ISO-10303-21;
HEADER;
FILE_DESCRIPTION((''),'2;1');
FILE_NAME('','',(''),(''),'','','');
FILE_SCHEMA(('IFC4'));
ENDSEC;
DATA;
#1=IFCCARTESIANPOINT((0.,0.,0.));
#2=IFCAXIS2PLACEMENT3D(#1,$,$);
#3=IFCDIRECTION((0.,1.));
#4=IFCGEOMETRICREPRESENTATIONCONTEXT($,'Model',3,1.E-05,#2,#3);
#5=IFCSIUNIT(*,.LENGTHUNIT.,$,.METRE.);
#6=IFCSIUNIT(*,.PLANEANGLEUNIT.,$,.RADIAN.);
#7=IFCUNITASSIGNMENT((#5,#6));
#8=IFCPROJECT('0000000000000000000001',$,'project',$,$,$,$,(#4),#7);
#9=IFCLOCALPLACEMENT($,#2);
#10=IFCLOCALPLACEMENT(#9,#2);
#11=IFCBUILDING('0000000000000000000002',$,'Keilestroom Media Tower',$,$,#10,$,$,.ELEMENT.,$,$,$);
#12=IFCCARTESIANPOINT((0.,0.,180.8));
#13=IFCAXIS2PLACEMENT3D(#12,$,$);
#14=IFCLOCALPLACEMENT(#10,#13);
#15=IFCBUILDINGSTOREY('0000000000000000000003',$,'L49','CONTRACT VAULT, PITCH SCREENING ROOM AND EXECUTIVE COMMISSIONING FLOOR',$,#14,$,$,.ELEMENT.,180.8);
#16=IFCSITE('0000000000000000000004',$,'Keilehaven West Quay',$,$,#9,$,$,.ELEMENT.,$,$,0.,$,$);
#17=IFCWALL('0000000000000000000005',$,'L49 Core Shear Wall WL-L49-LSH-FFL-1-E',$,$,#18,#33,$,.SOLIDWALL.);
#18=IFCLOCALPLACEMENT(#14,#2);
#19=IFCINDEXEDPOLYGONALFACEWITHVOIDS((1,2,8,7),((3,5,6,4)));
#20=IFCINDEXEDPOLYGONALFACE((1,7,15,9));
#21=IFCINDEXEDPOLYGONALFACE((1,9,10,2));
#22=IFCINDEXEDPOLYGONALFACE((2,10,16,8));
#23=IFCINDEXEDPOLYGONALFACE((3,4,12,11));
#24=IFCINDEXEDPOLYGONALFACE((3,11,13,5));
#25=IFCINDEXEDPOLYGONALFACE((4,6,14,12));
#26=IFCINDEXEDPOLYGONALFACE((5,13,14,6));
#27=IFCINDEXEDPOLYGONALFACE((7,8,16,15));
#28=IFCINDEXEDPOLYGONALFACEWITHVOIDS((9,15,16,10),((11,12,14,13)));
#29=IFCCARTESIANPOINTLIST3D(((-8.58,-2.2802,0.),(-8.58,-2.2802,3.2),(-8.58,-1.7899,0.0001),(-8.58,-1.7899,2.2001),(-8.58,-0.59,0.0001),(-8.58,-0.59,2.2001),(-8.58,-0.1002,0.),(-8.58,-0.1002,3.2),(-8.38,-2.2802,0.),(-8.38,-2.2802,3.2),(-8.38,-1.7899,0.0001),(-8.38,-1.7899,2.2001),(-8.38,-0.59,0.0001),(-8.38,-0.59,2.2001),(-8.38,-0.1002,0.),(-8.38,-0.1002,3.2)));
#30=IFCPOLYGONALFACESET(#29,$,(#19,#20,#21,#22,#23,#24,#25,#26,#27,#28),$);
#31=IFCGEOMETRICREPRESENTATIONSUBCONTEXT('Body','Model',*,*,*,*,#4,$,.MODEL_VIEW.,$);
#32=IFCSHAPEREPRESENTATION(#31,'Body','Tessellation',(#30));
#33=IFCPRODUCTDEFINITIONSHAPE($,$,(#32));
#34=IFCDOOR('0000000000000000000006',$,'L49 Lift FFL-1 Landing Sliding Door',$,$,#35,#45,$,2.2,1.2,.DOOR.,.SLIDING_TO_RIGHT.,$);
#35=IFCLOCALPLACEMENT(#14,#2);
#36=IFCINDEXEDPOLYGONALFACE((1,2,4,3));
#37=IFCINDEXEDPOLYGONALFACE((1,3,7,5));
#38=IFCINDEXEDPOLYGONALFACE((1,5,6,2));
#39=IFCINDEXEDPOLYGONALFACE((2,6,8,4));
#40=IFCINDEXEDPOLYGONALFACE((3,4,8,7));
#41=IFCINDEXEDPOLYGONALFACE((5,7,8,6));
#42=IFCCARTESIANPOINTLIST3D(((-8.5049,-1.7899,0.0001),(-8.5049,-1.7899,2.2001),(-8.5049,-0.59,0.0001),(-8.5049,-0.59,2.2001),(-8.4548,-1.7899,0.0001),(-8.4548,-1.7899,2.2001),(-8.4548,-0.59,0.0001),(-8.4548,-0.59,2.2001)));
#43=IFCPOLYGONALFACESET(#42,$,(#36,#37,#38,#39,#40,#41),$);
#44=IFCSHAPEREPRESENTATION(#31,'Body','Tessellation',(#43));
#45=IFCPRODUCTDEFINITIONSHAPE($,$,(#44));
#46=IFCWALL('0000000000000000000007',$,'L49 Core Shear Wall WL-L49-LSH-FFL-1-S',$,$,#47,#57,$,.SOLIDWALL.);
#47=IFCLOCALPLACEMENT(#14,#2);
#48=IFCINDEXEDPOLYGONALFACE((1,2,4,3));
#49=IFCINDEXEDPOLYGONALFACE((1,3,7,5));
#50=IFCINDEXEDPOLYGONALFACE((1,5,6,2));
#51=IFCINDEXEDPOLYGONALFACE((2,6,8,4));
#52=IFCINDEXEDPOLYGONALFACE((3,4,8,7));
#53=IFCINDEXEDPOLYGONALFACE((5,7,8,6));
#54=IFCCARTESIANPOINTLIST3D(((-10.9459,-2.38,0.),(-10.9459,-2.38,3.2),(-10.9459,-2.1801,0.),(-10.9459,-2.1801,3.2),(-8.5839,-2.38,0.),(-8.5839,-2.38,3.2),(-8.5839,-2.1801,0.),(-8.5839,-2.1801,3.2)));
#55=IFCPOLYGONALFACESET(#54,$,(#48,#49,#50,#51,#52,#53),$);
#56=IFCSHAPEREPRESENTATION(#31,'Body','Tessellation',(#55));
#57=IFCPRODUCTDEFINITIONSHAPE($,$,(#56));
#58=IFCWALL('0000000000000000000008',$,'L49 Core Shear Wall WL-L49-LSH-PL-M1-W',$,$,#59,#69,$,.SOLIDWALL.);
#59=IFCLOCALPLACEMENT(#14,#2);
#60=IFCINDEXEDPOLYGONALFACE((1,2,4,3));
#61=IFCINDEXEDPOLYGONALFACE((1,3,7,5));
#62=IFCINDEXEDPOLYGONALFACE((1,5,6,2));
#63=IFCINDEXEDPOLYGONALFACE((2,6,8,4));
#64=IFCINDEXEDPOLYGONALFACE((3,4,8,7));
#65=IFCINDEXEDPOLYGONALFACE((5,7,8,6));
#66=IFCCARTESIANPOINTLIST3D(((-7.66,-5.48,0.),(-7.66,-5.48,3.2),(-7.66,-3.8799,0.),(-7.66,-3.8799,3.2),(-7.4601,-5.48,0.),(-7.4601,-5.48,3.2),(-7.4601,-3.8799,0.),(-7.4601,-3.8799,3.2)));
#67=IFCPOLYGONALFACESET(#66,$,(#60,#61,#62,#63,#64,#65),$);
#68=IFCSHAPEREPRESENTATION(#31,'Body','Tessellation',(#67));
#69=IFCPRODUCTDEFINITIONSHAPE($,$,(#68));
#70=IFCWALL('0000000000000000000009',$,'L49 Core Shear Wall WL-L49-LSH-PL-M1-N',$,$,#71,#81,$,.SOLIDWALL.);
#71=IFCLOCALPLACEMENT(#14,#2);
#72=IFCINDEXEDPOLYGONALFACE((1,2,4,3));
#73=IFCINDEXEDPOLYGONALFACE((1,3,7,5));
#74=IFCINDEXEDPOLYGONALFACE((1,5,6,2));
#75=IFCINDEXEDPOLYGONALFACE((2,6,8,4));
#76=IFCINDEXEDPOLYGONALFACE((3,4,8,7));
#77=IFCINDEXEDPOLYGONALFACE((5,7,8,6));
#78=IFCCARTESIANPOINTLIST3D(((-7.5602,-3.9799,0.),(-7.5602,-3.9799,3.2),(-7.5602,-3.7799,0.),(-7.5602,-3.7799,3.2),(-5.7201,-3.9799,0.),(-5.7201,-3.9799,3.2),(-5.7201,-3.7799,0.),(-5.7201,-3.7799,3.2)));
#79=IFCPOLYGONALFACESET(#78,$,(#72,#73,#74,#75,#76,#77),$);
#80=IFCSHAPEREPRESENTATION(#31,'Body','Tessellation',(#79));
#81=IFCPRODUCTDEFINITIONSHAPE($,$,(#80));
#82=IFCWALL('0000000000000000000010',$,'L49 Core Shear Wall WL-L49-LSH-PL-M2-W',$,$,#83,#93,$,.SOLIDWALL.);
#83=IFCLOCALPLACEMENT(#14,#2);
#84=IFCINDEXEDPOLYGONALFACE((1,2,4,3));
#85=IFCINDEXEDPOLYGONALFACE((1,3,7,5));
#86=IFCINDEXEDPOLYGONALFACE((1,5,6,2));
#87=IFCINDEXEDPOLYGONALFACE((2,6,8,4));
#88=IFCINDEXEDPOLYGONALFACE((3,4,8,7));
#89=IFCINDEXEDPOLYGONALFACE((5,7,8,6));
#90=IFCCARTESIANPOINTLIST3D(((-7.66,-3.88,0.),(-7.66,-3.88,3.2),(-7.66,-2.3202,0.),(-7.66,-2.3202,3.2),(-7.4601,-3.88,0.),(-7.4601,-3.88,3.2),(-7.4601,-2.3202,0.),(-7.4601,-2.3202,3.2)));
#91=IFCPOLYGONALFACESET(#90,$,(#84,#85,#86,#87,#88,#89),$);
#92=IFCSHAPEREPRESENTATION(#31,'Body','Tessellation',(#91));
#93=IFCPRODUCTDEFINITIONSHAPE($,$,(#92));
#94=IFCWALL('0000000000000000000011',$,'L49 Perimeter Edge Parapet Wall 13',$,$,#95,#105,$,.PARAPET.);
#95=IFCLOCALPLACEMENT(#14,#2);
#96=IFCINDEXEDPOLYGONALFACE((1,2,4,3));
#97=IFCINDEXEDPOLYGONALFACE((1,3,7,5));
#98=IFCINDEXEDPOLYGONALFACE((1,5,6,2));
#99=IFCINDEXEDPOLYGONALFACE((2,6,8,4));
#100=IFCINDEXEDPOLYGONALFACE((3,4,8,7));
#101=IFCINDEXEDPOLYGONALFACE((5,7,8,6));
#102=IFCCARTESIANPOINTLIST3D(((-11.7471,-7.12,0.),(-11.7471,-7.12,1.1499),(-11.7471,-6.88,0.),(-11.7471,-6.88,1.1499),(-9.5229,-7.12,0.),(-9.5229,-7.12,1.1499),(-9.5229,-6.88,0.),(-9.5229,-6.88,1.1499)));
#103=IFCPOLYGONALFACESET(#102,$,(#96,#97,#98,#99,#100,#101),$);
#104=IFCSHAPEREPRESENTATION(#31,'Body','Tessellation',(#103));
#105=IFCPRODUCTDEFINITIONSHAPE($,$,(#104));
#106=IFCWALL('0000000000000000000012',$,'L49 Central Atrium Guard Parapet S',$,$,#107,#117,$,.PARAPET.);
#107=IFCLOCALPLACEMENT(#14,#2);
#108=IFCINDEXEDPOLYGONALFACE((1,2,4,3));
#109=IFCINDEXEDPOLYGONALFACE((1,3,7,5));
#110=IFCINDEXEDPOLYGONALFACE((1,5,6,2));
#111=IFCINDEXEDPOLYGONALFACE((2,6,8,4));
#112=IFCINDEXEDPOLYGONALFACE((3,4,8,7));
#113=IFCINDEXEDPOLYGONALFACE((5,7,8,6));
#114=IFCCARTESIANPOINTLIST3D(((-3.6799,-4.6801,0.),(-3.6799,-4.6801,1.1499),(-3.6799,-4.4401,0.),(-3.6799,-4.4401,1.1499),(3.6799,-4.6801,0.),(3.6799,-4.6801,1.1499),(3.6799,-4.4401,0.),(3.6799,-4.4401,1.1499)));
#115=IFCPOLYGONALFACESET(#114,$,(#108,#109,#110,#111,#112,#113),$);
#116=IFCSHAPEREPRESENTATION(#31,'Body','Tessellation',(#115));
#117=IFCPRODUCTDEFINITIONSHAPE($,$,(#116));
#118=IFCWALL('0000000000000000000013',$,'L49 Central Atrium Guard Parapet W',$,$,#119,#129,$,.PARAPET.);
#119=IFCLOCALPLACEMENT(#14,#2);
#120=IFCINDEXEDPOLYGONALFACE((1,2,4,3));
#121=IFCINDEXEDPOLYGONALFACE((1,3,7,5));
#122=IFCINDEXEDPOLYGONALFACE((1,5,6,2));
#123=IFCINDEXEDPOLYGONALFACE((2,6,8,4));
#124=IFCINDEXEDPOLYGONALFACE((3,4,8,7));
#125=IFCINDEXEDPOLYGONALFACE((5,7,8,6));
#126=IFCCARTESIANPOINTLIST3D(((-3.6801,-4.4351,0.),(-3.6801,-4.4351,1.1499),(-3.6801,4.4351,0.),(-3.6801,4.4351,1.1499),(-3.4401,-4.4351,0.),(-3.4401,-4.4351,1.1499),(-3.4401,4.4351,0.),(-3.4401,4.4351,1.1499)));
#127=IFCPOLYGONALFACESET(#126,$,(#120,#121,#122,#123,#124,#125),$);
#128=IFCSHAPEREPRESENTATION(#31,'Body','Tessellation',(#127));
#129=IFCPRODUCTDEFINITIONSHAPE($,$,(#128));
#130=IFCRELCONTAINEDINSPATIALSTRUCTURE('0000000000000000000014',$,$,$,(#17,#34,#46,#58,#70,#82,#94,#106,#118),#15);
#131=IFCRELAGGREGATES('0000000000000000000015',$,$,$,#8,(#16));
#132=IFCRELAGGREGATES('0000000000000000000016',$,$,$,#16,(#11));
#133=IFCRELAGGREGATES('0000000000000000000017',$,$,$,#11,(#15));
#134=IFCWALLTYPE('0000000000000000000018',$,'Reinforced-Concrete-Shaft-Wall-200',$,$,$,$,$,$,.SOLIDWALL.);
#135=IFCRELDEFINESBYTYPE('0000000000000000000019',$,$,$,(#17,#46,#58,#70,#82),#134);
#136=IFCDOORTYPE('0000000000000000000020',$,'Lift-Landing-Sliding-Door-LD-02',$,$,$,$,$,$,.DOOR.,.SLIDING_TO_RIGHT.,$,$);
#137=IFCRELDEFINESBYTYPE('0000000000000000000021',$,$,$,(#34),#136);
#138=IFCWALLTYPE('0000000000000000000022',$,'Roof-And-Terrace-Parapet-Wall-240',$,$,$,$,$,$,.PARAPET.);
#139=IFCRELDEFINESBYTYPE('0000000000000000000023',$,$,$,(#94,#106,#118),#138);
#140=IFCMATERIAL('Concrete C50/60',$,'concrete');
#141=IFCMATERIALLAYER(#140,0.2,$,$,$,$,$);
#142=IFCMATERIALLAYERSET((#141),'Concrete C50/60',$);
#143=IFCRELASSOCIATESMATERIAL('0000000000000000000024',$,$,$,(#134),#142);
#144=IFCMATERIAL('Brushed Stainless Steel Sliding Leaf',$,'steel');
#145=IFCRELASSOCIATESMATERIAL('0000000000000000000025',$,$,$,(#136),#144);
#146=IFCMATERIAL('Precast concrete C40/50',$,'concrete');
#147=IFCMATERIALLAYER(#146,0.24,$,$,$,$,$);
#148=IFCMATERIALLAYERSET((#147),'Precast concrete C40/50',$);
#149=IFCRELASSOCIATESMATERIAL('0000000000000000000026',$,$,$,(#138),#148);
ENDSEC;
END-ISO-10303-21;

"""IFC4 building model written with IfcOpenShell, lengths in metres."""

from ifc_helpers import new_model, si_unit, direction, frame, frame_2d, origin, place, context, subcontext, project, spatial, rectangle, extrude, source, transform, mapped, material, layer, layer_set, type_object, element, fill, save


model = new_model("IFC4")

# Units and contexts
model_context = context("Model", 3, precision=1e-05, world=origin(), true_north=direction((0.0, 1.0)))
body_context = subcontext(model_context, "Body", "Model", "MODEL_VIEW")
ifc_project = project(units=[si_unit("LENGTHUNIT", "METRE"), si_unit("PLANEANGLEUNIT", "RADIAN")], contexts=[model_context])

# Site, building, storey
site_placement = place(None, origin())
site = spatial("IfcSite", under=ifc_project, at=site_placement, Name="Keilehaven West Quay", CompositionType="ELEMENT", RefElevation=0.0)
building_placement = place(site_placement, origin())
building = spatial("IfcBuilding", under=site, at=building_placement, Name="Keilestroom Media Tower", CompositionType="ELEMENT")
storey_placement = place(building_placement, frame((0.0, 0.0, 180.8)))
storey = spatial("IfcBuildingStorey", under=building, at=storey_placement, Name="L49", Description="CONTRACT VAULT, PITCH SCREENING ROOM AND EXECUTIVE COMMISSIONING FLOOR", CompositionType="ELEMENT", Elevation=180.8)

# Shared definitions
ifc_material_1 = material(Name="Precast concrete C40/50", Category="concrete")

# Shared definitions
shared_shape_1 = source(origin(), body_context, "Body", "SweptSolid", [
    extrude(rectangle(XDim=1.2, YDim=2.2, at=frame_2d((0.6001, 1.1001))), frame((0.0, 0.0249, 0.0), z_axis=(0.0, -1.0, 0.0), x_axis=(1.0, 0.0, 0.0)), (0.0, 0.0, 1.0), 0.05),
])

# Shared definitions
ifc_material_2 = material(Name="Concrete C50/60", Category="concrete")
ifc_layer_1 = layer(ifc_material_2, 0.2)
ifc_layer_set_1 = layer_set([ifc_layer_1], Name="Concrete C50/60")
wall_type_1 = type_object("IfcWallType", Name="Reinforced-Concrete-Shaft-Wall-200", PredefinedType="SOLIDWALL", material=ifc_layer_set_1)

# Wall, opening, door
wall_1_placement = place(storey_placement, frame((-8.48, -2.28, 0.0), z_axis=(0.0, 0.0, 1.0), x_axis=(0.0, 1.0, 0.0)))
wall_1 = element("IfcWall", 1, at=wall_1_placement, inside=storey, type_object=wall_type_1, Name="L49 Core Shear Wall WL-L49-LSH-FFL-1-E", PredefinedType="SOLIDWALL", context=body_context, shape_type="SweptSolid", body=[
    extrude(rectangle(XDim=2.1799, YDim=0.2, at=frame_2d((1.0898, 0.0))), origin(), (0.0, 0.0, 1.0), 3.2),
])
opening_1_placement = place(wall_1_placement, frame((0.49, 0.0, 0.0)))
opening_1 = element("IfcOpeningElement", 2, at=opening_1_placement, cuts=wall_1, PredefinedType="OPENING", context=body_context, shape_type="SweptSolid", body=[
    extrude(rectangle(XDim=1.2, YDim=2.2, at=frame_2d((0.6001, 1.1001))), frame((0.0, 0.1099, 0.0), z_axis=(0.0, -1.0, 0.0), x_axis=(1.0, 0.0, 0.0)), (0.0, 0.0, 1.0), 0.22),
])
ifc_material_3 = material(Name="Brushed Stainless Steel Sliding Leaf", Category="steel")
door_type_1 = type_object("IfcDoorType", Name="Lift-Landing-Sliding-Door-LD-02", OperationType="SLIDING_TO_RIGHT", PredefinedType="DOOR", material=ifc_material_3)
door_1_placement = place(opening_1_placement, origin())
door_1 = element("IfcDoor", 3, at=door_1_placement, inside=storey, type_object=door_type_1, Name="L49 Lift FFL-1 Landing Sliding Door", OperationType="SLIDING_TO_RIGHT", OverallHeight=2.2, OverallWidth=1.2, PredefinedType="DOOR", context=body_context, shape_type="MappedRepresentation", body=[
    mapped(shared_shape_1, transform((0.0, 0.0, 0.0), x_axis=(1.0, 0.0, 0.0), y_axis=(0.0, 1.0, 0.0), z_axis=(0.0, 0.0, 1.0), scale=1.0)),
])
fill(opening_1, door_1)

# Walls
wall_2_placement = place(storey_placement, frame((-10.946, -2.28, 0.0), z_axis=(0.0, 0.0, 1.0), x_axis=(1.0, 0.0, 0.0)))
element("IfcWall", 4, at=wall_2_placement, inside=storey, type_object=wall_type_1, Name="L49 Core Shear Wall WL-L49-LSH-FFL-1-S", PredefinedType="SOLIDWALL", context=body_context, shape_type="SweptSolid", body=[
    extrude(rectangle(XDim=2.3621, YDim=0.2, at=frame_2d((1.1812, 0.0))), origin(), (0.0, 0.0, 1.0), 3.2),
])
wall_3_placement = place(storey_placement, frame((-7.5601, -5.48, 0.0), z_axis=(0.0, 0.0, 1.0), x_axis=(0.0, 1.0, 0.0)))
element("IfcWall", 5, at=wall_3_placement, inside=storey, type_object=wall_type_1, Name="L49 Core Shear Wall WL-L49-LSH-PL-M1-W", PredefinedType="SOLIDWALL", context=body_context, shape_type="SweptSolid", body=[
    extrude(rectangle(XDim=1.6001, YDim=0.2, at=frame_2d((0.8, 0.0))), origin(), (0.0, 0.0, 1.0), 3.2),
])
wall_4_placement = place(storey_placement, frame((-7.5601, -3.8799, 0.0), z_axis=(0.0, 0.0, 1.0), x_axis=(1.0, 0.0, 0.0)))
element("IfcWall", 6, at=wall_4_placement, inside=storey, type_object=wall_type_1, Name="L49 Core Shear Wall WL-L49-LSH-PL-M1-N", PredefinedType="SOLIDWALL", context=body_context, shape_type="SweptSolid", body=[
    extrude(rectangle(XDim=1.8401, YDim=0.2, at=frame_2d((0.9199, 0.0))), origin(), (0.0, 0.0, 1.0), 3.2),
])
wall_5_placement = place(storey_placement, frame((-7.5601, -3.8799, 0.0), z_axis=(0.0, 0.0, 1.0), x_axis=(0.0, 1.0, 0.0)))
element("IfcWall", 7, at=wall_5_placement, inside=storey, type_object=wall_type_1, Name="L49 Core Shear Wall WL-L49-LSH-PL-M2-W", PredefinedType="SOLIDWALL", context=body_context, shape_type="SweptSolid", body=[
    extrude(rectangle(XDim=1.5598, YDim=0.2, at=frame_2d((0.7798, 0.0))), origin(), (0.0, 0.0, 1.0), 3.2),
])
ifc_layer_2 = layer(ifc_material_1, 0.24)
ifc_layer_set_2 = layer_set([ifc_layer_2], Name="Precast concrete C40/50")
wall_type_2 = type_object("IfcWallType", Name="Roof-And-Terrace-Parapet-Wall-240", PredefinedType="PARAPET", material=ifc_layer_set_2)
wall_6_placement = place(storey_placement, frame((-9.5229, -7.0, 0.0), z_axis=(0.0, 0.0, 1.0), x_axis=(-1.0, 0.0, 0.0)))
element("IfcWall", 8, at=wall_6_placement, inside=storey, type_object=wall_type_2, Name="L49 Perimeter Edge Parapet Wall 13", PredefinedType="PARAPET", context=body_context, shape_type="SweptSolid", body=[
    extrude(rectangle(XDim=2.2241, YDim=0.24, at=frame_2d((1.1121, 0.0))), origin(), (0.0, 0.0, 1.0), 1.1499),
])
wall_7_placement = place(storey_placement, frame((-3.6799, -4.5601, 0.0), z_axis=(0.0, 0.0, 1.0), x_axis=(1.0, 0.0, 0.0)))
element("IfcWall", 9, at=wall_7_placement, inside=storey, type_object=wall_type_2, Name="L49 Central Atrium Guard Parapet S", PredefinedType="PARAPET", context=body_context, shape_type="SweptSolid", body=[
    extrude(rectangle(XDim=7.3599, YDim=0.24, at=frame_2d((3.6799, 0.0))), origin(), (0.0, 0.0, 1.0), 1.1499),
])
wall_8_placement = place(storey_placement, frame((-3.5601, -4.4351, 0.0), z_axis=(0.0, 0.0, 1.0), x_axis=(0.0, 1.0, 0.0)))
element("IfcWall", 10, at=wall_8_placement, inside=storey, type_object=wall_type_2, Name="L49 Central Atrium Guard Parapet W", PredefinedType="PARAPET", context=body_context, shape_type="SweptSolid", body=[
    extrude(rectangle(XDim=8.8701, YDim=0.24, at=frame_2d((4.4351, 0.0))), origin(), (0.0, 0.0, 1.0), 1.1499),
])

save(model, "model.ifc")
